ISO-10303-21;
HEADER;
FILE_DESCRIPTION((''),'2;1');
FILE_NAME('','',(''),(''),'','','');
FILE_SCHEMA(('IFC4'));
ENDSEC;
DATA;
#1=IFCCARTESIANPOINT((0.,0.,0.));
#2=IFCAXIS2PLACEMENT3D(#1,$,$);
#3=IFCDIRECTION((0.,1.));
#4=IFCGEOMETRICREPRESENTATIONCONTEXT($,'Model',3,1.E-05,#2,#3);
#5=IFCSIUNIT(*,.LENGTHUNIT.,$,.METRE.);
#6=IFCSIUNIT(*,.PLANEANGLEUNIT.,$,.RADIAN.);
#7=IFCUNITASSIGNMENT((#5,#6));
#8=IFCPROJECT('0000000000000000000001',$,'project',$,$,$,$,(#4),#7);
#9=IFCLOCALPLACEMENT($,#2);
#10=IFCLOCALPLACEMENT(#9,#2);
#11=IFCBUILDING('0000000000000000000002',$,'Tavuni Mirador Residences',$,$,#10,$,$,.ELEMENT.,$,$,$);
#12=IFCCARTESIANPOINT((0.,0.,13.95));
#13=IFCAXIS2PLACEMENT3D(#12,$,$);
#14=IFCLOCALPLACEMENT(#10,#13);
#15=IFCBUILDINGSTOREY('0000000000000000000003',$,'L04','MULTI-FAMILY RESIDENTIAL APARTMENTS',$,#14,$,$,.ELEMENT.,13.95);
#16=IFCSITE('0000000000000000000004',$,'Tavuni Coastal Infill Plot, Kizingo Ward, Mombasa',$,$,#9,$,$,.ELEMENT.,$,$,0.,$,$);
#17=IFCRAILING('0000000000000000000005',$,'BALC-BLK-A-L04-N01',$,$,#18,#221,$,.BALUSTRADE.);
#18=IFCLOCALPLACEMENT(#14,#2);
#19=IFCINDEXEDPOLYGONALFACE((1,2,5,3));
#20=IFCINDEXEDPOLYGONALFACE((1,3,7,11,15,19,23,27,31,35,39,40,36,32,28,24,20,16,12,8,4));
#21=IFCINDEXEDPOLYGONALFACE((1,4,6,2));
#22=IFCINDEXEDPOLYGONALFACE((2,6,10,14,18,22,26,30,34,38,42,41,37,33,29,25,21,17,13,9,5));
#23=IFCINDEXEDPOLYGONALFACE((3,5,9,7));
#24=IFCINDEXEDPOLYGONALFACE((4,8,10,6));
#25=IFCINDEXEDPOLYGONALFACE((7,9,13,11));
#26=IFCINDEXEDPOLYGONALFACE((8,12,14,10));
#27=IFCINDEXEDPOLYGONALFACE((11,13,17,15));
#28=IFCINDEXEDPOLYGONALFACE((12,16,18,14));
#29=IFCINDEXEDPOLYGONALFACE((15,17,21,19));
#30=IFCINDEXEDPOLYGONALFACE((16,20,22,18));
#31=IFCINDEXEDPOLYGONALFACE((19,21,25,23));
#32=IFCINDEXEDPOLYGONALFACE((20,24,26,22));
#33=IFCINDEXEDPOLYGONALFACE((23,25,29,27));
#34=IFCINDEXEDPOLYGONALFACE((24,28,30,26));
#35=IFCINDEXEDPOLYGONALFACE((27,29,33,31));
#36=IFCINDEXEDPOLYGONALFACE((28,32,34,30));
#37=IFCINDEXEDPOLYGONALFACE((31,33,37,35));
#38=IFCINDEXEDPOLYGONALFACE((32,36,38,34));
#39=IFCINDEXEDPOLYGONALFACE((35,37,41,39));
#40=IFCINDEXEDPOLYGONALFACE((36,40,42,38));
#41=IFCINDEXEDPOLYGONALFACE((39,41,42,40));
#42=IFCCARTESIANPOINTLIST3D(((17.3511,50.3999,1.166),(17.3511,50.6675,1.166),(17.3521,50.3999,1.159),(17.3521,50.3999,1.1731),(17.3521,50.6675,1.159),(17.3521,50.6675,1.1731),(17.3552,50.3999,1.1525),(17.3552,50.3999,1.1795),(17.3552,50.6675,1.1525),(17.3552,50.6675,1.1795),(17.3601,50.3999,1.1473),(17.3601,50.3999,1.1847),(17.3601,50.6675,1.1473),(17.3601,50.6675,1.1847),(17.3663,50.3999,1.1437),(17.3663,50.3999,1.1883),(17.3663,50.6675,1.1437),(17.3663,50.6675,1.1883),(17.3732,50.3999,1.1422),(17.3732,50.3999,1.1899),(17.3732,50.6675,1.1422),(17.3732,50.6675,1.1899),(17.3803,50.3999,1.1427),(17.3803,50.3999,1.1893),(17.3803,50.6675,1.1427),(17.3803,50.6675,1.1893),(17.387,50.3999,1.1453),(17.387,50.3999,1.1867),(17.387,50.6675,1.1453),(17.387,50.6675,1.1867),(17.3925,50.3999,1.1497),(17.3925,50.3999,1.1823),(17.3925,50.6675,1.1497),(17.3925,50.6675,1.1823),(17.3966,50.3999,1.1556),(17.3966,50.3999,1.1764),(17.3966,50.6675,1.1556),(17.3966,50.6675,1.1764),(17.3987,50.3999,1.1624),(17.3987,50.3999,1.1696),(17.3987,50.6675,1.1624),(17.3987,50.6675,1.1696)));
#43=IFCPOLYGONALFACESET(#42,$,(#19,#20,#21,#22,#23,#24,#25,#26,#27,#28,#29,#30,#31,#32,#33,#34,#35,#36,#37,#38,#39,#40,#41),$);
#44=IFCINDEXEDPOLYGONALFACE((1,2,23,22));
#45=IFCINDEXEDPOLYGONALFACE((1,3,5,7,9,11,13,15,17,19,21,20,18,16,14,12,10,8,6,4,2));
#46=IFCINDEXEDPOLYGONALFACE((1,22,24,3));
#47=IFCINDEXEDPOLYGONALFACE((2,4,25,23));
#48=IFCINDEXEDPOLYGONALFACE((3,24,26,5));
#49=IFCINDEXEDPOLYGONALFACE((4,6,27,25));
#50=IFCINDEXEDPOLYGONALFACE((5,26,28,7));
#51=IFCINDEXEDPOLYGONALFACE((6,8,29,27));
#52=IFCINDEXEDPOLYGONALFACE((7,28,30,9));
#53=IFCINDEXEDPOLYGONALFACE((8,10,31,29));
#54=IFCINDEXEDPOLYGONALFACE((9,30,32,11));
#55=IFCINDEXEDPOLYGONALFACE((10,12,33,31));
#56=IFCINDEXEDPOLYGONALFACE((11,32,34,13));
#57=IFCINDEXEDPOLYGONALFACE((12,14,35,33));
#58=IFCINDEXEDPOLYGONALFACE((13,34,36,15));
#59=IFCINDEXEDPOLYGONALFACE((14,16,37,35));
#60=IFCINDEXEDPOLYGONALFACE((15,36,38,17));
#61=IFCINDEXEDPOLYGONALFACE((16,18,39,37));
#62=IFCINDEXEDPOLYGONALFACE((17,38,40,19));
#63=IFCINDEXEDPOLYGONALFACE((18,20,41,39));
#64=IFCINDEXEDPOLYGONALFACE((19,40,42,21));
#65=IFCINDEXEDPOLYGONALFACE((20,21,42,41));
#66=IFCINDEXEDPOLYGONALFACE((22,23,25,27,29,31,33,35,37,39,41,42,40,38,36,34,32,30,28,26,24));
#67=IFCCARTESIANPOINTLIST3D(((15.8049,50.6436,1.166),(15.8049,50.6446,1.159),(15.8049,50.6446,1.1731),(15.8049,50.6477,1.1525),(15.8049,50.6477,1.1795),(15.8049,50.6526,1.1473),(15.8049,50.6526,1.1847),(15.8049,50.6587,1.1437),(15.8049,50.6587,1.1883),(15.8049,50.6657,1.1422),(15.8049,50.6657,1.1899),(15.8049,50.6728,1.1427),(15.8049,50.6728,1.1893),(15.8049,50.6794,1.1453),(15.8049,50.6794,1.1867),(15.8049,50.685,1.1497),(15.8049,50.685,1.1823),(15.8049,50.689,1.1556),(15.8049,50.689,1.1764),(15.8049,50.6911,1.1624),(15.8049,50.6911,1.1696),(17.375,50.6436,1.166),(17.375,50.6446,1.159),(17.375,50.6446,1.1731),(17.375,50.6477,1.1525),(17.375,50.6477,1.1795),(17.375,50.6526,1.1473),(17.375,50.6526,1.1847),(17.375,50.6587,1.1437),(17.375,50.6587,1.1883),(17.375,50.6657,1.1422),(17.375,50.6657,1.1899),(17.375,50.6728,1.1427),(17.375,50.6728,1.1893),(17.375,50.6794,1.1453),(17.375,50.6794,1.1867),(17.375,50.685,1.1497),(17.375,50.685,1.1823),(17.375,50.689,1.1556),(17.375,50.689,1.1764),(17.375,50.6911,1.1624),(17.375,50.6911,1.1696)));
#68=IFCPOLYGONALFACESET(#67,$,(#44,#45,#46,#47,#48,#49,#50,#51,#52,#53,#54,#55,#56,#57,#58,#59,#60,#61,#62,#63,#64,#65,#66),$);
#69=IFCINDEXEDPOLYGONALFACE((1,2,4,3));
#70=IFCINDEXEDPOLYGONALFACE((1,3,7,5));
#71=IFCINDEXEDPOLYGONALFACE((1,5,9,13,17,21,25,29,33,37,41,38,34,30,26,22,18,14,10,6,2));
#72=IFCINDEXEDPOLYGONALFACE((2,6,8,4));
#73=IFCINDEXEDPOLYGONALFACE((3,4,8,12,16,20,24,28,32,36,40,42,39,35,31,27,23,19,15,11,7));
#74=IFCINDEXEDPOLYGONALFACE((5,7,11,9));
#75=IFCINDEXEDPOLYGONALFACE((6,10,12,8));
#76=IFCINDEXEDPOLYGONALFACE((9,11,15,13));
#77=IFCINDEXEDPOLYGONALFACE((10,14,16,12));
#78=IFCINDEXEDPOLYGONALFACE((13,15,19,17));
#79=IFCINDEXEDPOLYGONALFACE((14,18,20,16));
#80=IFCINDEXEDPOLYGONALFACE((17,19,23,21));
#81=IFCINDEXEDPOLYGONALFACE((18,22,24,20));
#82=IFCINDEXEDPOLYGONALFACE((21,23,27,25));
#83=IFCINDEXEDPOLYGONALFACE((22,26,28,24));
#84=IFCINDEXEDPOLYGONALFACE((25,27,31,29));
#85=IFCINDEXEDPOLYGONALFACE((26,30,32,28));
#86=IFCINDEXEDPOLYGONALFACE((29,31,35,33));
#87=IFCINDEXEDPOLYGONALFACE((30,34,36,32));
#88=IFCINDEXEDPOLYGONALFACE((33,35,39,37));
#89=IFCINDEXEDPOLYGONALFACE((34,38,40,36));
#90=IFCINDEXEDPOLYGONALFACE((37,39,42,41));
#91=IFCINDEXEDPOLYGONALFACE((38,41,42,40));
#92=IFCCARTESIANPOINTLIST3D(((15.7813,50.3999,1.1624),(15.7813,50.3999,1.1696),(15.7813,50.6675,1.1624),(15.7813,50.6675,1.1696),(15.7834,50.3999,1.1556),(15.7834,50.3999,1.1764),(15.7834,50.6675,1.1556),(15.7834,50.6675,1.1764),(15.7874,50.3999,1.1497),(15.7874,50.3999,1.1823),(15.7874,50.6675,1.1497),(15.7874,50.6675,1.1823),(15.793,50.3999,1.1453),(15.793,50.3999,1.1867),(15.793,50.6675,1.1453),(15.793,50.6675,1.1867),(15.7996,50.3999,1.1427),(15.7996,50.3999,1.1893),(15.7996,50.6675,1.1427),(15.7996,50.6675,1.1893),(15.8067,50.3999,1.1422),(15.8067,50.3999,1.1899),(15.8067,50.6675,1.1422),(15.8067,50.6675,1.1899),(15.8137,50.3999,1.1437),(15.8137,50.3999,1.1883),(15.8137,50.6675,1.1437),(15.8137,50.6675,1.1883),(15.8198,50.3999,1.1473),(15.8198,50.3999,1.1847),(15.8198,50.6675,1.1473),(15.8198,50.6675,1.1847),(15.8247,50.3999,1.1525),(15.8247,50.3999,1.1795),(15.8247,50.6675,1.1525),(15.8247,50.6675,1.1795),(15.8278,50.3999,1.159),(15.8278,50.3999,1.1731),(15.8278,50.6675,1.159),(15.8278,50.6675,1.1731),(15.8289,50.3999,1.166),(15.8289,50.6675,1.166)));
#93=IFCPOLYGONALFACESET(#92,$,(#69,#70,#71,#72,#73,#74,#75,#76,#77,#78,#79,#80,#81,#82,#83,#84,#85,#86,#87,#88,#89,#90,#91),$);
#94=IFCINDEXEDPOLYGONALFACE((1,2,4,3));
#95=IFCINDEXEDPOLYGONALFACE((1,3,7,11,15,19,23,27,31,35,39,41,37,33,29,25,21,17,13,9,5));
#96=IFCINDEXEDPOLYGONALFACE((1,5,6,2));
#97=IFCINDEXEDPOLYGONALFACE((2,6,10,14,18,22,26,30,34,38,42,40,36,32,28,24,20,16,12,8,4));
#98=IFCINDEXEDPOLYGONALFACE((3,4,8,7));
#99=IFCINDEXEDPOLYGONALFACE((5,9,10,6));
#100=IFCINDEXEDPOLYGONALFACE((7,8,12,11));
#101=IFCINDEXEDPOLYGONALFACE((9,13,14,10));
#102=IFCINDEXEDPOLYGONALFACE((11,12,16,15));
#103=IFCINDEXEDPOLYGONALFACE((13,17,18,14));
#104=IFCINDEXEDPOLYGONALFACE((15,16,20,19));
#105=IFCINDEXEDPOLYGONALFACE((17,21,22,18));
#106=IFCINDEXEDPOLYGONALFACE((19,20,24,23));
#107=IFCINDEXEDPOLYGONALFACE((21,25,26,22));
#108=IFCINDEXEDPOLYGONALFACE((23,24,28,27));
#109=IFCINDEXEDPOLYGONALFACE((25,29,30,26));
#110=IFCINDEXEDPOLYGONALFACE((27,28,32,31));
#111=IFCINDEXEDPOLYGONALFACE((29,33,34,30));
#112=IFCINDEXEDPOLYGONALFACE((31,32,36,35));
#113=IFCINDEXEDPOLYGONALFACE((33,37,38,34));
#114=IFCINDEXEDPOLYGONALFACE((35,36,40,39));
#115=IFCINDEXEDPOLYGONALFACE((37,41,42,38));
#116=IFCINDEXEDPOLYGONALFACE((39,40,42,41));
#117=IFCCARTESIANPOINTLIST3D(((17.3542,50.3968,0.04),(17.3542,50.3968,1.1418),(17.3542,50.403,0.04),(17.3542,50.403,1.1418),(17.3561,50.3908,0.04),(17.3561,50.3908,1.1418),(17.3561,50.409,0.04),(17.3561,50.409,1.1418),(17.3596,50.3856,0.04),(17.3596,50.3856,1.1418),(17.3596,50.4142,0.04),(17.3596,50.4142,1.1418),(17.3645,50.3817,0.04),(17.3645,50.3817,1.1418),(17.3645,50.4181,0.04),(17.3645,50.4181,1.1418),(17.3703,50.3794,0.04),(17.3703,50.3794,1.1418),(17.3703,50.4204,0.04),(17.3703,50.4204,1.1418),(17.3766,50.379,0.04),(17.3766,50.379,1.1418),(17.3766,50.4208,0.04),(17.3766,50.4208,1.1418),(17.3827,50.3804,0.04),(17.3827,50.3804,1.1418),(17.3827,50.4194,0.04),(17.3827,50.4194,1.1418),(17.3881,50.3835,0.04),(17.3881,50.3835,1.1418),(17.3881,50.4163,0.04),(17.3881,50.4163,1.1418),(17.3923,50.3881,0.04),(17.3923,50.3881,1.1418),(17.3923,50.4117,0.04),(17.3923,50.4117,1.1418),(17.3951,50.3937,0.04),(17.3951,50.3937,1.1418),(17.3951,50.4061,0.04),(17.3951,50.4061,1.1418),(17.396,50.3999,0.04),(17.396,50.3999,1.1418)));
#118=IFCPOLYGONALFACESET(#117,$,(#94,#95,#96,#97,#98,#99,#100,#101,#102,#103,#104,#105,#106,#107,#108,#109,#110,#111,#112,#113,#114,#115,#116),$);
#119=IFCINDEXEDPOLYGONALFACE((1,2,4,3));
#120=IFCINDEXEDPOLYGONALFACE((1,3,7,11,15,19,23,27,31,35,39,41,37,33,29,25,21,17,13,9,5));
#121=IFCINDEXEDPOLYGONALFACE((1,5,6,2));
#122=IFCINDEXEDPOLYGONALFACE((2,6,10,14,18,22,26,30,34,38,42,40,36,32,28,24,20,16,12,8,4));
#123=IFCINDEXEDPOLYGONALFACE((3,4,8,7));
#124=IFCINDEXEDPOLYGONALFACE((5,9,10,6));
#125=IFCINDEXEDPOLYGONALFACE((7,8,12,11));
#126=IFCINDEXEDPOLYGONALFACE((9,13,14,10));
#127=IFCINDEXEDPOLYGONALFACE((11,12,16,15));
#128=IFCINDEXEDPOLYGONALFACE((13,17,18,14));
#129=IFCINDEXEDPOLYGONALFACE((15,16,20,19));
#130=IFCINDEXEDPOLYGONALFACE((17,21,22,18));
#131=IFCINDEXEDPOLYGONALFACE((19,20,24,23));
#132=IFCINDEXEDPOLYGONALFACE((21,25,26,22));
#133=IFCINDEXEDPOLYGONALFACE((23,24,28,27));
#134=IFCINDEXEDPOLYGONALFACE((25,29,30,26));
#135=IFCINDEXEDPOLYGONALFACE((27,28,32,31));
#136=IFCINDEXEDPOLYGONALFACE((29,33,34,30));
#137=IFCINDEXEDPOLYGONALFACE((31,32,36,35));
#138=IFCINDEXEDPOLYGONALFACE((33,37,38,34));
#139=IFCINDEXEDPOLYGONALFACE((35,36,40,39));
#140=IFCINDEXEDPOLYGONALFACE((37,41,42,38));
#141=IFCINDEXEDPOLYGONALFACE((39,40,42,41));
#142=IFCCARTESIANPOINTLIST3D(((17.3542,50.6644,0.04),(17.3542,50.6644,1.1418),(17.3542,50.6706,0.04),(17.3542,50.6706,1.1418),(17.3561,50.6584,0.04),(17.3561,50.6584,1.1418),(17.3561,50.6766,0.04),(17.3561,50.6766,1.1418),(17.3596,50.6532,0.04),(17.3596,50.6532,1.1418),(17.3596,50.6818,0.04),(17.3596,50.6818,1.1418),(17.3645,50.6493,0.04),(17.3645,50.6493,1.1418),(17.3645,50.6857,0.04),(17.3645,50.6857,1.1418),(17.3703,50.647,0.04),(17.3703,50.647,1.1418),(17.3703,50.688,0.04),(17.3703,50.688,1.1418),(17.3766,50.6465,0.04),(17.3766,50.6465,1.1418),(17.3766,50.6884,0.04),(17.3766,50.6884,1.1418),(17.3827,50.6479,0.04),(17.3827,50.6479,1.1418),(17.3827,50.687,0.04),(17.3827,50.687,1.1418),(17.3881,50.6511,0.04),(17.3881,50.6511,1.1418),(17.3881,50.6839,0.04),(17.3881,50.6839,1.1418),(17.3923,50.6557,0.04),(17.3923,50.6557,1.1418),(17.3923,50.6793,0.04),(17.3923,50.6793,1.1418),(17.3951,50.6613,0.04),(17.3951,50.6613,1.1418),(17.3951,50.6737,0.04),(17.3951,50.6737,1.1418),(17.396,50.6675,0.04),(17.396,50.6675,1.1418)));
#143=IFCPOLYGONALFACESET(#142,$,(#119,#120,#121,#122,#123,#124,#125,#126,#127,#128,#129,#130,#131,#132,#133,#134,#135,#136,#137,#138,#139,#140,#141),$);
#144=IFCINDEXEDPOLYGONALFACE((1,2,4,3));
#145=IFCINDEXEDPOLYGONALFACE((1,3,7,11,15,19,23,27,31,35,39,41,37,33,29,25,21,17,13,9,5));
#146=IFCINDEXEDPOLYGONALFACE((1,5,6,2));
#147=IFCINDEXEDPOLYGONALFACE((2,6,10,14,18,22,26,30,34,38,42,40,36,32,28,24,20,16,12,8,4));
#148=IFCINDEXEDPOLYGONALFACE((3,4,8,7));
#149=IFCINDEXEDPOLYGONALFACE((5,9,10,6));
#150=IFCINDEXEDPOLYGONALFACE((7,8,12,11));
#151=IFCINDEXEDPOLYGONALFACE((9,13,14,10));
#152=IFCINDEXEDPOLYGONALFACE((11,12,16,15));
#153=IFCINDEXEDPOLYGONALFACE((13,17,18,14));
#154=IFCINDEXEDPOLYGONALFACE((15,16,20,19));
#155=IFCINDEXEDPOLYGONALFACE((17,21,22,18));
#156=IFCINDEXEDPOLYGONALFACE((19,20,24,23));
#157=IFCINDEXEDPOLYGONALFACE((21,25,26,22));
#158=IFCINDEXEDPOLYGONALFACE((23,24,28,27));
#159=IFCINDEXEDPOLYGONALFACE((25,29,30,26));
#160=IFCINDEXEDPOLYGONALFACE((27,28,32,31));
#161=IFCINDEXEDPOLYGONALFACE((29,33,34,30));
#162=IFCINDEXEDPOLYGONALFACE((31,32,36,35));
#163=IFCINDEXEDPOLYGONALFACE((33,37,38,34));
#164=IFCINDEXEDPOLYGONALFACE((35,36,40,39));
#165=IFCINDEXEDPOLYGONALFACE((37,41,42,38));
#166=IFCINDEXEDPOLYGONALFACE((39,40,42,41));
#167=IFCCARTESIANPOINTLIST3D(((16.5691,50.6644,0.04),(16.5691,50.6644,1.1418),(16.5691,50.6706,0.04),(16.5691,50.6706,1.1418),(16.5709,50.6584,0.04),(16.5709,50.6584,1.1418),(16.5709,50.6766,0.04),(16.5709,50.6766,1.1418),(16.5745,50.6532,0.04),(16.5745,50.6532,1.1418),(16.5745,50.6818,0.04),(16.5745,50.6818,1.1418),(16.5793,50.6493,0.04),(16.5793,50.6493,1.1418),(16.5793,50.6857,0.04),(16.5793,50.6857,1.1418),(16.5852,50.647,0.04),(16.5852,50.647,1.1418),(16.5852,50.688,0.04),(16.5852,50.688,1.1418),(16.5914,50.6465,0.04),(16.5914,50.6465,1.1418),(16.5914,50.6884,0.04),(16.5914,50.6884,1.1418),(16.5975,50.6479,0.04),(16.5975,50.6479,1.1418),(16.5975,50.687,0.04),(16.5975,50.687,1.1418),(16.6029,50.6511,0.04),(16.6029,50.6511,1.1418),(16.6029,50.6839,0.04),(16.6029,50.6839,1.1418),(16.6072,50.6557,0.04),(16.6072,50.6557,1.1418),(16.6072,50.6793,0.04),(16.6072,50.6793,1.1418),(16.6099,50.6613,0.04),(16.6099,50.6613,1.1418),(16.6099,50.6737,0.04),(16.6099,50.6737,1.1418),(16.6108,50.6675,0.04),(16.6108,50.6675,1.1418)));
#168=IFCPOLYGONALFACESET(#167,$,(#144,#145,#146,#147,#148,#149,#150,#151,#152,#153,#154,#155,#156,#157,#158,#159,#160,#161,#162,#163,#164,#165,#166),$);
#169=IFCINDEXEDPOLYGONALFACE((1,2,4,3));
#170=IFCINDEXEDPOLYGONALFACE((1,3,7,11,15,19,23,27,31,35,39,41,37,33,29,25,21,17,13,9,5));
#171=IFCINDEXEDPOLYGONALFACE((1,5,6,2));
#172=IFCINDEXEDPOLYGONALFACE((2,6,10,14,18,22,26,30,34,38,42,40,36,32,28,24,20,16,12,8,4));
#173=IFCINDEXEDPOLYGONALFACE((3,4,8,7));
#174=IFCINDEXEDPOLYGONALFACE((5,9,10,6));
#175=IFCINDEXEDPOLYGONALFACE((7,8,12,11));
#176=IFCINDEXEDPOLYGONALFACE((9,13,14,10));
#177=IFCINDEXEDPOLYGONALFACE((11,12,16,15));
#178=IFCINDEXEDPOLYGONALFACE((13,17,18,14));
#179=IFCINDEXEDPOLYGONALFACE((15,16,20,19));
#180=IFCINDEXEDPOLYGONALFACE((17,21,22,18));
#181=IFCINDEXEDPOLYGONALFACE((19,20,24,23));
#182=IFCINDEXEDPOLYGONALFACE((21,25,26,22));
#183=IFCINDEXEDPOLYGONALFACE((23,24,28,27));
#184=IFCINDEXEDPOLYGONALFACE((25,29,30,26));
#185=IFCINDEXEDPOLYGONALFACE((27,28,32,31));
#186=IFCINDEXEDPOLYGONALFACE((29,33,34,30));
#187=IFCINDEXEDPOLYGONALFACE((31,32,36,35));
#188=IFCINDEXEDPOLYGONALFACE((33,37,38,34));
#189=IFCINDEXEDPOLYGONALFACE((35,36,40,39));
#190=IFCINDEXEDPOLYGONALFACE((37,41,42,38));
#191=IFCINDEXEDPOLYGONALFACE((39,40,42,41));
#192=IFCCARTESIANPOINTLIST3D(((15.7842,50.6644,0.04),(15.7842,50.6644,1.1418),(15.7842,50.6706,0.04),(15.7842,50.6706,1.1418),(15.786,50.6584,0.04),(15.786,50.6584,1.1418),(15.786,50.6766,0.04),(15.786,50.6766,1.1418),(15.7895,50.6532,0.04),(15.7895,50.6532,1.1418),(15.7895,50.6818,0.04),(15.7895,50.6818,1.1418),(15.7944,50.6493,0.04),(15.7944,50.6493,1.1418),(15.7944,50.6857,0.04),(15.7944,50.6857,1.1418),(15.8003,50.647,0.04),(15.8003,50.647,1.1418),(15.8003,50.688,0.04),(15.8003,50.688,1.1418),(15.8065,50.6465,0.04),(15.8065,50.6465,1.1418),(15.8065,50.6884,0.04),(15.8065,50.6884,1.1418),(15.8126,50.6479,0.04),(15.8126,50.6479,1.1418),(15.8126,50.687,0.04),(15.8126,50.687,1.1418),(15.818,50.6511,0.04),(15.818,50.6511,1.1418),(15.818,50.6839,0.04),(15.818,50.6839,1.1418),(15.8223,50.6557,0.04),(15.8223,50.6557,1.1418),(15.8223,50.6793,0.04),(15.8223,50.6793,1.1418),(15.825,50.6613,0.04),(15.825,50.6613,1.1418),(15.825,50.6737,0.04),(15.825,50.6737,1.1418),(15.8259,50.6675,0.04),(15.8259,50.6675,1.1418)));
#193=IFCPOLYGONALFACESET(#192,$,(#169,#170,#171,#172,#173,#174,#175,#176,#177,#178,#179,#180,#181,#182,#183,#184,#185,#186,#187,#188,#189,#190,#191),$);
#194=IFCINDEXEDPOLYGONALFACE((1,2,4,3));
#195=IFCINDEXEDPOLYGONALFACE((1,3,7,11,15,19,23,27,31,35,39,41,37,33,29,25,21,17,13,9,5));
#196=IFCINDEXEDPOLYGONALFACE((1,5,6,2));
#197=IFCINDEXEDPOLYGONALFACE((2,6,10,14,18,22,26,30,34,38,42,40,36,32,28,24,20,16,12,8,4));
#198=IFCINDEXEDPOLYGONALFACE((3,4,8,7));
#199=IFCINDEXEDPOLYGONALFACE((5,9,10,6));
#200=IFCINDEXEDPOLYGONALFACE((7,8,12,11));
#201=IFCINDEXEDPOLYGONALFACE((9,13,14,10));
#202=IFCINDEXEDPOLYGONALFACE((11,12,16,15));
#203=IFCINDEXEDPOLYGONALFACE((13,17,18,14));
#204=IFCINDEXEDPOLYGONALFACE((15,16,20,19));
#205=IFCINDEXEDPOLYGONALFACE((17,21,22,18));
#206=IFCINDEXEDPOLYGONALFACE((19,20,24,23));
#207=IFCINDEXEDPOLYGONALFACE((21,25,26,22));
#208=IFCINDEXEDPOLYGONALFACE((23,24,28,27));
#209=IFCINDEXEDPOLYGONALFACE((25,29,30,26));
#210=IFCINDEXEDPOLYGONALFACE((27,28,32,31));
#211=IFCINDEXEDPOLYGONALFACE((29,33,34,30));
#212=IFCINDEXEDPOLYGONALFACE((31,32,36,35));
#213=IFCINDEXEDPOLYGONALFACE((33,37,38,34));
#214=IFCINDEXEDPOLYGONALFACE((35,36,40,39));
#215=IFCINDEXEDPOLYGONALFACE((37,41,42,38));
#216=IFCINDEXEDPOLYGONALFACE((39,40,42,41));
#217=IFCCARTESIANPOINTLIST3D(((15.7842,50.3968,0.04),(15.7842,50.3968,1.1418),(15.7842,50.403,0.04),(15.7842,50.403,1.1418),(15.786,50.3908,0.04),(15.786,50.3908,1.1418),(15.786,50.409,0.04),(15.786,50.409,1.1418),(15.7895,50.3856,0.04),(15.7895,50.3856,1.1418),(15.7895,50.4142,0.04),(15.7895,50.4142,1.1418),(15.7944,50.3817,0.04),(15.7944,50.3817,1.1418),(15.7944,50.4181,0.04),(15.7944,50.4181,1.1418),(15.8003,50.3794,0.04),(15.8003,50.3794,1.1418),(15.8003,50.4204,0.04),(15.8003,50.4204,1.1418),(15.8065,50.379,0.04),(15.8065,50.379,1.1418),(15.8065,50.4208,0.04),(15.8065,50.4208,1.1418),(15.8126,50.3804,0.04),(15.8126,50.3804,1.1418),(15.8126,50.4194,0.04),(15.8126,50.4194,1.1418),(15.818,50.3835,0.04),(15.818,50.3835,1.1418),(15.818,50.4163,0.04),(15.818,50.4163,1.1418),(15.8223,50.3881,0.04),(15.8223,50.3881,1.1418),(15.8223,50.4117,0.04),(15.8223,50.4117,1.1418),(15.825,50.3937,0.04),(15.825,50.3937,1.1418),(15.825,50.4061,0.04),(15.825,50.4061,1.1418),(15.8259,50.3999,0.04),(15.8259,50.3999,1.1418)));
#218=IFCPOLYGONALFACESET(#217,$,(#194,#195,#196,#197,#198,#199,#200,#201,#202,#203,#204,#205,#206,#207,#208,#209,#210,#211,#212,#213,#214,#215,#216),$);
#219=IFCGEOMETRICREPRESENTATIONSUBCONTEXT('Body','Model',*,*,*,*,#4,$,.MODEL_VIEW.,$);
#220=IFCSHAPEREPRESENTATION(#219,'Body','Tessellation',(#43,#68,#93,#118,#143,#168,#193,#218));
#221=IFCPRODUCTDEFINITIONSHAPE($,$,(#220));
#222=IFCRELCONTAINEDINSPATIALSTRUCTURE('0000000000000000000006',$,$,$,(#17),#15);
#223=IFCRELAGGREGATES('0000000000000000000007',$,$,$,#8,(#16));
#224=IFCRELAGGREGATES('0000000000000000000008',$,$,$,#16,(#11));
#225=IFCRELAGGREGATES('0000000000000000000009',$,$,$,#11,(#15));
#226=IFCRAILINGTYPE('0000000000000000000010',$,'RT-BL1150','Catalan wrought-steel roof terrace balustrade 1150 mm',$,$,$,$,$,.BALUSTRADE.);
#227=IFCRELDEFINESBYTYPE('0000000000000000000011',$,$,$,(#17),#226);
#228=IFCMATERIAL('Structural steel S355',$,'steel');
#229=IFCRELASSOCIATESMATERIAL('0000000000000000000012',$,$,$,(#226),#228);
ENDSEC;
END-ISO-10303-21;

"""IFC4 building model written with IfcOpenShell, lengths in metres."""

from ifc_helpers import new_model, si_unit, direction, frame, origin, origin_2d, place, context, subcontext, project, spatial, circle, extrude, material, type_object, element, save


model = new_model("IFC4")

# Units and contexts
model_context = context("Model", 3, precision=1e-05, world=origin(), true_north=direction((0.0, 1.0)))
body_context = subcontext(model_context, "Body", "Model", "MODEL_VIEW")
ifc_project = project(units=[si_unit("LENGTHUNIT", "METRE"), si_unit("PLANEANGLEUNIT", "RADIAN")], contexts=[model_context])

# Site, building, storey
site_placement = place(None, origin())
site = spatial("IfcSite", under=ifc_project, at=site_placement, Name="Tavuni Coastal Infill Plot, Kizingo Ward, Mombasa", CompositionType="ELEMENT", RefElevation=0.0)
building_placement = place(site_placement, origin())
building = spatial("IfcBuilding", under=site, at=building_placement, Name="Tavuni Mirador Residences", CompositionType="ELEMENT")
storey_placement = place(building_placement, frame((0.0, 0.0, 13.95)))
storey = spatial("IfcBuildingStorey", under=building, at=storey_placement, Name="L04", Description="MULTI-FAMILY RESIDENTIAL APARTMENTS", CompositionType="ELEMENT", Elevation=13.95)

# Railing
ifc_material_1 = material(Name="Structural steel S355", Category="steel")
railing_type = type_object("IfcRailingType", Name="RT-BL1150", Description="Catalan wrought-steel roof terrace balustrade 1150 mm", PredefinedType="BALUSTRADE", material=ifc_material_1)
railing_placement = place(storey_placement, frame((17.375, 50.3999, 0.04)))
element("IfcRailing", 1, at=railing_placement, inside=storey, type_object=railing_type, Name="BALC-BLK-A-L04-N01", PredefinedType="BALUSTRADE", context=body_context, shape_type="SweptSolid", body=[
    extrude(circle(Radius=0.0239, at=origin_2d()), frame((0.0, 0.0, 1.126), z_axis=(0.0, 1.0, 0.0), x_axis=(-1.0, 0.0, 0.0)), (0.0, 0.0, 1.0), 0.2676),
    extrude(circle(Radius=0.0239, at=origin_2d()), frame((0.0, 0.2676, 1.126), z_axis=(-1.0, 0.0, 0.0), x_axis=(0.0, -1.0, 0.0)), (0.0, 0.0, 1.0), 1.5701),
    extrude(circle(Radius=0.0239, at=origin_2d()), frame((-1.5701, 0.2676, 1.126), z_axis=(0.0, -1.0, 0.0), x_axis=(1.0, 0.0, 0.0)), (0.0, 0.0, 1.0), 0.2676),
    extrude(circle(Radius=0.021, at=origin_2d()), origin(), (0.0, 0.0, 1.0), 1.1018),
    extrude(circle(Radius=0.021, at=origin_2d()), frame((0.0, 0.2676, 0.0)), (0.0, 0.0, 1.0), 1.1018),
    extrude(circle(Radius=0.021, at=origin_2d()), frame((-0.7852, 0.2676, 0.0)), (0.0, 0.0, 1.0), 1.1018),
    extrude(circle(Radius=0.021, at=origin_2d()), frame((-1.5701, 0.2676, 0.0)), (0.0, 0.0, 1.0), 1.1018),
    extrude(circle(Radius=0.021, at=origin_2d()), frame((-1.5701, 0.0, 0.0)), (0.0, 0.0, 1.0), 1.1018),
])

save(model, "model.ifc")
